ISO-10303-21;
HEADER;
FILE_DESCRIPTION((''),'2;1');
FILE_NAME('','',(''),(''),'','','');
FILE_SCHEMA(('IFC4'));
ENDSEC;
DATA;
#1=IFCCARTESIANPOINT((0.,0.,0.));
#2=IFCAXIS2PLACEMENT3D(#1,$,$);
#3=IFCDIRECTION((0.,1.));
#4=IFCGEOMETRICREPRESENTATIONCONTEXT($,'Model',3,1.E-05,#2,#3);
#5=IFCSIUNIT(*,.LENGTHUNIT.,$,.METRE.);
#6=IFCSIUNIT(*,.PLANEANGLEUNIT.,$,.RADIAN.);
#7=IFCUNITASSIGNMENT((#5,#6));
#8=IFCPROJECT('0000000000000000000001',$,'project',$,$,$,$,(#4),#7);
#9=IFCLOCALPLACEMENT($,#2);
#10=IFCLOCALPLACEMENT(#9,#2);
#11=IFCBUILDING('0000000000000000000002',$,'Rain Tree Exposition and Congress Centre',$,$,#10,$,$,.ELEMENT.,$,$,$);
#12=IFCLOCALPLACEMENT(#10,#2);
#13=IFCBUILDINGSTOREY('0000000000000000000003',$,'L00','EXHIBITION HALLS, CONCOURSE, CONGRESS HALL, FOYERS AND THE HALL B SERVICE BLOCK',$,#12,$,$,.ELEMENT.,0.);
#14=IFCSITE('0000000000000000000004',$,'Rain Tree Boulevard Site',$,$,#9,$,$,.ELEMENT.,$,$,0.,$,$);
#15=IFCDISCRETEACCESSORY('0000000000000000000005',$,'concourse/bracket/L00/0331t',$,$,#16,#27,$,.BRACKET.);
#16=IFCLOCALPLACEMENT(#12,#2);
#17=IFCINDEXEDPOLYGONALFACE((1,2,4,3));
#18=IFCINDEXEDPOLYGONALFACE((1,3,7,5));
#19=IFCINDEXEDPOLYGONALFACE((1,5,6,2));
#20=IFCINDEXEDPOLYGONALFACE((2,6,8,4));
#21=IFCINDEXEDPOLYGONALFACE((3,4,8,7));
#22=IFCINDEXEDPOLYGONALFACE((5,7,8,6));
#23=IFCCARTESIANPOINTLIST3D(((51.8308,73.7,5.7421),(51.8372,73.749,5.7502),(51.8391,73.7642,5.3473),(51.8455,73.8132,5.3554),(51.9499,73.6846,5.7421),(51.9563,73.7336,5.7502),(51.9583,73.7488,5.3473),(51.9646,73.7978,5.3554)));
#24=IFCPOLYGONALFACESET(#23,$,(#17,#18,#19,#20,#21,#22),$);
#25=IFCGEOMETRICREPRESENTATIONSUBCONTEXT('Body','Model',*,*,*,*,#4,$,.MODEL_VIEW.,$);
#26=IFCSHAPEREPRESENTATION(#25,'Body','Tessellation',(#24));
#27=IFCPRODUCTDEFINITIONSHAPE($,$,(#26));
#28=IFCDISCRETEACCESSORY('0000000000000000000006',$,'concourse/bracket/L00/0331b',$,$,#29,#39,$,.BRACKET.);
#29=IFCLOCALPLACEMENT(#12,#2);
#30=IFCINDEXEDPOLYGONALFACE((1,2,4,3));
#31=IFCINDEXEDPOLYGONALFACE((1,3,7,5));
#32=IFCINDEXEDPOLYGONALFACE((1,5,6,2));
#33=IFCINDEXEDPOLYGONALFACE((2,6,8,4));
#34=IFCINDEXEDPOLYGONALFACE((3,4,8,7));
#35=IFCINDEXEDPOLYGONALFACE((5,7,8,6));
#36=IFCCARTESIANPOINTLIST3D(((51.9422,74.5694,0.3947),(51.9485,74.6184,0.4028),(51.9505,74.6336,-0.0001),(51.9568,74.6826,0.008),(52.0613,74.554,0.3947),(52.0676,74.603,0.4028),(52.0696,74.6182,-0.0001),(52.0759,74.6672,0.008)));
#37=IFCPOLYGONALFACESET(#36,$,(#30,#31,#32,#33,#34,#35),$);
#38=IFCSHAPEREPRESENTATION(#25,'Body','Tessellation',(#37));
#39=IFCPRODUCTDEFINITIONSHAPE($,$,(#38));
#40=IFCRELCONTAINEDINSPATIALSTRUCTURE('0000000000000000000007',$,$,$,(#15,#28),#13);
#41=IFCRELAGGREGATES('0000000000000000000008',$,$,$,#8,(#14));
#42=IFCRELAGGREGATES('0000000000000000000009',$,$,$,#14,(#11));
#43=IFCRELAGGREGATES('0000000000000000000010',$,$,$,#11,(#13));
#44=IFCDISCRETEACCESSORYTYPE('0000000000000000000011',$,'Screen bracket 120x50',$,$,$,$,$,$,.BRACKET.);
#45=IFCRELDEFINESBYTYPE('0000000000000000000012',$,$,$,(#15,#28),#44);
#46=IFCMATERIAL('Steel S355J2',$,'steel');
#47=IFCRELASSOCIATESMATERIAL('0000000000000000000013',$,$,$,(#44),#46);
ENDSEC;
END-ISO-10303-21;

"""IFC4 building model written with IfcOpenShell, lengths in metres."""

from ifc_helpers import new_model, si_unit, direction, frame, origin, origin_2d, place, context, subcontext, project, spatial, rectangle, extrude, material, material_profile, profile_set, type_object, element, save


model = new_model("IFC4")

# Units and contexts
model_context = context("Model", 3, precision=1e-05, world=origin(), true_north=direction((0.0, 1.0)))
body_context = subcontext(model_context, "Body", "Model", "MODEL_VIEW")
ifc_project = project(units=[si_unit("LENGTHUNIT", "METRE"), si_unit("PLANEANGLEUNIT", "RADIAN")], contexts=[model_context])

# Site, building, storey
site_placement = place(None, origin())
site = spatial("IfcSite", under=ifc_project, at=site_placement, Name="Rain Tree Boulevard Site", CompositionType="ELEMENT", RefElevation=0.0)
building_placement = place(site_placement, origin())
building = spatial("IfcBuilding", under=site, at=building_placement, Name="Rain Tree Exposition and Congress Centre", CompositionType="ELEMENT")
storey_placement = place(building_placement, origin())
storey = spatial("IfcBuildingStorey", under=building, at=storey_placement, Name="L00", Description="EXHIBITION HALLS, CONCOURSE, CONGRESS HALL, FOYERS AND THE HALL B SERVICE BLOCK", CompositionType="ELEMENT", Elevation=0.0)

# Discrete accessories
ifc_material_1 = material(Name="Steel S355J2", Category="steel")
ifc_material_profile_1 = material_profile(ifc_material_1, rectangle(XDim=0.1201, YDim=0.05, at=origin_2d()), Name="Flat bar 120x50")
ifc_profile_set_1 = profile_set([ifc_material_profile_1], Name="Steel S355J2")
discrete_accessory_type = type_object("IfcDiscreteAccessoryType", Name="Screen bracket 120x50", PredefinedType="BRACKET", material=ifc_profile_set_1)
for number, where, z_axis, x_axis, name in (
    (1, (51.9019, 73.781, 5.3513), (-0.020749, -0.160503, 0.986817), (0.991747, -0.128211, 0.0), "concourse/bracket/L00/0331t"),
    (2, (52.0132, 74.6504, 0.0039), (-0.020749, -0.160503, 0.986817), (0.991747, -0.128211, 0.0), "concourse/bracket/L00/0331b"),
):
    element("IfcDiscreteAccessory", number, at=place(storey_placement, frame(where, z_axis=z_axis, x_axis=x_axis)), inside=storey, type_object=discrete_accessory_type, Name=name, PredefinedType="BRACKET", context=body_context, shape_type="SweptSolid", body=[
        extrude(rectangle(XDim=0.1201, YDim=0.05, at=origin_2d()), origin(), (0.0, 0.0, 1.0), 0.4001),
    ])

save(model, "model.ifc")
